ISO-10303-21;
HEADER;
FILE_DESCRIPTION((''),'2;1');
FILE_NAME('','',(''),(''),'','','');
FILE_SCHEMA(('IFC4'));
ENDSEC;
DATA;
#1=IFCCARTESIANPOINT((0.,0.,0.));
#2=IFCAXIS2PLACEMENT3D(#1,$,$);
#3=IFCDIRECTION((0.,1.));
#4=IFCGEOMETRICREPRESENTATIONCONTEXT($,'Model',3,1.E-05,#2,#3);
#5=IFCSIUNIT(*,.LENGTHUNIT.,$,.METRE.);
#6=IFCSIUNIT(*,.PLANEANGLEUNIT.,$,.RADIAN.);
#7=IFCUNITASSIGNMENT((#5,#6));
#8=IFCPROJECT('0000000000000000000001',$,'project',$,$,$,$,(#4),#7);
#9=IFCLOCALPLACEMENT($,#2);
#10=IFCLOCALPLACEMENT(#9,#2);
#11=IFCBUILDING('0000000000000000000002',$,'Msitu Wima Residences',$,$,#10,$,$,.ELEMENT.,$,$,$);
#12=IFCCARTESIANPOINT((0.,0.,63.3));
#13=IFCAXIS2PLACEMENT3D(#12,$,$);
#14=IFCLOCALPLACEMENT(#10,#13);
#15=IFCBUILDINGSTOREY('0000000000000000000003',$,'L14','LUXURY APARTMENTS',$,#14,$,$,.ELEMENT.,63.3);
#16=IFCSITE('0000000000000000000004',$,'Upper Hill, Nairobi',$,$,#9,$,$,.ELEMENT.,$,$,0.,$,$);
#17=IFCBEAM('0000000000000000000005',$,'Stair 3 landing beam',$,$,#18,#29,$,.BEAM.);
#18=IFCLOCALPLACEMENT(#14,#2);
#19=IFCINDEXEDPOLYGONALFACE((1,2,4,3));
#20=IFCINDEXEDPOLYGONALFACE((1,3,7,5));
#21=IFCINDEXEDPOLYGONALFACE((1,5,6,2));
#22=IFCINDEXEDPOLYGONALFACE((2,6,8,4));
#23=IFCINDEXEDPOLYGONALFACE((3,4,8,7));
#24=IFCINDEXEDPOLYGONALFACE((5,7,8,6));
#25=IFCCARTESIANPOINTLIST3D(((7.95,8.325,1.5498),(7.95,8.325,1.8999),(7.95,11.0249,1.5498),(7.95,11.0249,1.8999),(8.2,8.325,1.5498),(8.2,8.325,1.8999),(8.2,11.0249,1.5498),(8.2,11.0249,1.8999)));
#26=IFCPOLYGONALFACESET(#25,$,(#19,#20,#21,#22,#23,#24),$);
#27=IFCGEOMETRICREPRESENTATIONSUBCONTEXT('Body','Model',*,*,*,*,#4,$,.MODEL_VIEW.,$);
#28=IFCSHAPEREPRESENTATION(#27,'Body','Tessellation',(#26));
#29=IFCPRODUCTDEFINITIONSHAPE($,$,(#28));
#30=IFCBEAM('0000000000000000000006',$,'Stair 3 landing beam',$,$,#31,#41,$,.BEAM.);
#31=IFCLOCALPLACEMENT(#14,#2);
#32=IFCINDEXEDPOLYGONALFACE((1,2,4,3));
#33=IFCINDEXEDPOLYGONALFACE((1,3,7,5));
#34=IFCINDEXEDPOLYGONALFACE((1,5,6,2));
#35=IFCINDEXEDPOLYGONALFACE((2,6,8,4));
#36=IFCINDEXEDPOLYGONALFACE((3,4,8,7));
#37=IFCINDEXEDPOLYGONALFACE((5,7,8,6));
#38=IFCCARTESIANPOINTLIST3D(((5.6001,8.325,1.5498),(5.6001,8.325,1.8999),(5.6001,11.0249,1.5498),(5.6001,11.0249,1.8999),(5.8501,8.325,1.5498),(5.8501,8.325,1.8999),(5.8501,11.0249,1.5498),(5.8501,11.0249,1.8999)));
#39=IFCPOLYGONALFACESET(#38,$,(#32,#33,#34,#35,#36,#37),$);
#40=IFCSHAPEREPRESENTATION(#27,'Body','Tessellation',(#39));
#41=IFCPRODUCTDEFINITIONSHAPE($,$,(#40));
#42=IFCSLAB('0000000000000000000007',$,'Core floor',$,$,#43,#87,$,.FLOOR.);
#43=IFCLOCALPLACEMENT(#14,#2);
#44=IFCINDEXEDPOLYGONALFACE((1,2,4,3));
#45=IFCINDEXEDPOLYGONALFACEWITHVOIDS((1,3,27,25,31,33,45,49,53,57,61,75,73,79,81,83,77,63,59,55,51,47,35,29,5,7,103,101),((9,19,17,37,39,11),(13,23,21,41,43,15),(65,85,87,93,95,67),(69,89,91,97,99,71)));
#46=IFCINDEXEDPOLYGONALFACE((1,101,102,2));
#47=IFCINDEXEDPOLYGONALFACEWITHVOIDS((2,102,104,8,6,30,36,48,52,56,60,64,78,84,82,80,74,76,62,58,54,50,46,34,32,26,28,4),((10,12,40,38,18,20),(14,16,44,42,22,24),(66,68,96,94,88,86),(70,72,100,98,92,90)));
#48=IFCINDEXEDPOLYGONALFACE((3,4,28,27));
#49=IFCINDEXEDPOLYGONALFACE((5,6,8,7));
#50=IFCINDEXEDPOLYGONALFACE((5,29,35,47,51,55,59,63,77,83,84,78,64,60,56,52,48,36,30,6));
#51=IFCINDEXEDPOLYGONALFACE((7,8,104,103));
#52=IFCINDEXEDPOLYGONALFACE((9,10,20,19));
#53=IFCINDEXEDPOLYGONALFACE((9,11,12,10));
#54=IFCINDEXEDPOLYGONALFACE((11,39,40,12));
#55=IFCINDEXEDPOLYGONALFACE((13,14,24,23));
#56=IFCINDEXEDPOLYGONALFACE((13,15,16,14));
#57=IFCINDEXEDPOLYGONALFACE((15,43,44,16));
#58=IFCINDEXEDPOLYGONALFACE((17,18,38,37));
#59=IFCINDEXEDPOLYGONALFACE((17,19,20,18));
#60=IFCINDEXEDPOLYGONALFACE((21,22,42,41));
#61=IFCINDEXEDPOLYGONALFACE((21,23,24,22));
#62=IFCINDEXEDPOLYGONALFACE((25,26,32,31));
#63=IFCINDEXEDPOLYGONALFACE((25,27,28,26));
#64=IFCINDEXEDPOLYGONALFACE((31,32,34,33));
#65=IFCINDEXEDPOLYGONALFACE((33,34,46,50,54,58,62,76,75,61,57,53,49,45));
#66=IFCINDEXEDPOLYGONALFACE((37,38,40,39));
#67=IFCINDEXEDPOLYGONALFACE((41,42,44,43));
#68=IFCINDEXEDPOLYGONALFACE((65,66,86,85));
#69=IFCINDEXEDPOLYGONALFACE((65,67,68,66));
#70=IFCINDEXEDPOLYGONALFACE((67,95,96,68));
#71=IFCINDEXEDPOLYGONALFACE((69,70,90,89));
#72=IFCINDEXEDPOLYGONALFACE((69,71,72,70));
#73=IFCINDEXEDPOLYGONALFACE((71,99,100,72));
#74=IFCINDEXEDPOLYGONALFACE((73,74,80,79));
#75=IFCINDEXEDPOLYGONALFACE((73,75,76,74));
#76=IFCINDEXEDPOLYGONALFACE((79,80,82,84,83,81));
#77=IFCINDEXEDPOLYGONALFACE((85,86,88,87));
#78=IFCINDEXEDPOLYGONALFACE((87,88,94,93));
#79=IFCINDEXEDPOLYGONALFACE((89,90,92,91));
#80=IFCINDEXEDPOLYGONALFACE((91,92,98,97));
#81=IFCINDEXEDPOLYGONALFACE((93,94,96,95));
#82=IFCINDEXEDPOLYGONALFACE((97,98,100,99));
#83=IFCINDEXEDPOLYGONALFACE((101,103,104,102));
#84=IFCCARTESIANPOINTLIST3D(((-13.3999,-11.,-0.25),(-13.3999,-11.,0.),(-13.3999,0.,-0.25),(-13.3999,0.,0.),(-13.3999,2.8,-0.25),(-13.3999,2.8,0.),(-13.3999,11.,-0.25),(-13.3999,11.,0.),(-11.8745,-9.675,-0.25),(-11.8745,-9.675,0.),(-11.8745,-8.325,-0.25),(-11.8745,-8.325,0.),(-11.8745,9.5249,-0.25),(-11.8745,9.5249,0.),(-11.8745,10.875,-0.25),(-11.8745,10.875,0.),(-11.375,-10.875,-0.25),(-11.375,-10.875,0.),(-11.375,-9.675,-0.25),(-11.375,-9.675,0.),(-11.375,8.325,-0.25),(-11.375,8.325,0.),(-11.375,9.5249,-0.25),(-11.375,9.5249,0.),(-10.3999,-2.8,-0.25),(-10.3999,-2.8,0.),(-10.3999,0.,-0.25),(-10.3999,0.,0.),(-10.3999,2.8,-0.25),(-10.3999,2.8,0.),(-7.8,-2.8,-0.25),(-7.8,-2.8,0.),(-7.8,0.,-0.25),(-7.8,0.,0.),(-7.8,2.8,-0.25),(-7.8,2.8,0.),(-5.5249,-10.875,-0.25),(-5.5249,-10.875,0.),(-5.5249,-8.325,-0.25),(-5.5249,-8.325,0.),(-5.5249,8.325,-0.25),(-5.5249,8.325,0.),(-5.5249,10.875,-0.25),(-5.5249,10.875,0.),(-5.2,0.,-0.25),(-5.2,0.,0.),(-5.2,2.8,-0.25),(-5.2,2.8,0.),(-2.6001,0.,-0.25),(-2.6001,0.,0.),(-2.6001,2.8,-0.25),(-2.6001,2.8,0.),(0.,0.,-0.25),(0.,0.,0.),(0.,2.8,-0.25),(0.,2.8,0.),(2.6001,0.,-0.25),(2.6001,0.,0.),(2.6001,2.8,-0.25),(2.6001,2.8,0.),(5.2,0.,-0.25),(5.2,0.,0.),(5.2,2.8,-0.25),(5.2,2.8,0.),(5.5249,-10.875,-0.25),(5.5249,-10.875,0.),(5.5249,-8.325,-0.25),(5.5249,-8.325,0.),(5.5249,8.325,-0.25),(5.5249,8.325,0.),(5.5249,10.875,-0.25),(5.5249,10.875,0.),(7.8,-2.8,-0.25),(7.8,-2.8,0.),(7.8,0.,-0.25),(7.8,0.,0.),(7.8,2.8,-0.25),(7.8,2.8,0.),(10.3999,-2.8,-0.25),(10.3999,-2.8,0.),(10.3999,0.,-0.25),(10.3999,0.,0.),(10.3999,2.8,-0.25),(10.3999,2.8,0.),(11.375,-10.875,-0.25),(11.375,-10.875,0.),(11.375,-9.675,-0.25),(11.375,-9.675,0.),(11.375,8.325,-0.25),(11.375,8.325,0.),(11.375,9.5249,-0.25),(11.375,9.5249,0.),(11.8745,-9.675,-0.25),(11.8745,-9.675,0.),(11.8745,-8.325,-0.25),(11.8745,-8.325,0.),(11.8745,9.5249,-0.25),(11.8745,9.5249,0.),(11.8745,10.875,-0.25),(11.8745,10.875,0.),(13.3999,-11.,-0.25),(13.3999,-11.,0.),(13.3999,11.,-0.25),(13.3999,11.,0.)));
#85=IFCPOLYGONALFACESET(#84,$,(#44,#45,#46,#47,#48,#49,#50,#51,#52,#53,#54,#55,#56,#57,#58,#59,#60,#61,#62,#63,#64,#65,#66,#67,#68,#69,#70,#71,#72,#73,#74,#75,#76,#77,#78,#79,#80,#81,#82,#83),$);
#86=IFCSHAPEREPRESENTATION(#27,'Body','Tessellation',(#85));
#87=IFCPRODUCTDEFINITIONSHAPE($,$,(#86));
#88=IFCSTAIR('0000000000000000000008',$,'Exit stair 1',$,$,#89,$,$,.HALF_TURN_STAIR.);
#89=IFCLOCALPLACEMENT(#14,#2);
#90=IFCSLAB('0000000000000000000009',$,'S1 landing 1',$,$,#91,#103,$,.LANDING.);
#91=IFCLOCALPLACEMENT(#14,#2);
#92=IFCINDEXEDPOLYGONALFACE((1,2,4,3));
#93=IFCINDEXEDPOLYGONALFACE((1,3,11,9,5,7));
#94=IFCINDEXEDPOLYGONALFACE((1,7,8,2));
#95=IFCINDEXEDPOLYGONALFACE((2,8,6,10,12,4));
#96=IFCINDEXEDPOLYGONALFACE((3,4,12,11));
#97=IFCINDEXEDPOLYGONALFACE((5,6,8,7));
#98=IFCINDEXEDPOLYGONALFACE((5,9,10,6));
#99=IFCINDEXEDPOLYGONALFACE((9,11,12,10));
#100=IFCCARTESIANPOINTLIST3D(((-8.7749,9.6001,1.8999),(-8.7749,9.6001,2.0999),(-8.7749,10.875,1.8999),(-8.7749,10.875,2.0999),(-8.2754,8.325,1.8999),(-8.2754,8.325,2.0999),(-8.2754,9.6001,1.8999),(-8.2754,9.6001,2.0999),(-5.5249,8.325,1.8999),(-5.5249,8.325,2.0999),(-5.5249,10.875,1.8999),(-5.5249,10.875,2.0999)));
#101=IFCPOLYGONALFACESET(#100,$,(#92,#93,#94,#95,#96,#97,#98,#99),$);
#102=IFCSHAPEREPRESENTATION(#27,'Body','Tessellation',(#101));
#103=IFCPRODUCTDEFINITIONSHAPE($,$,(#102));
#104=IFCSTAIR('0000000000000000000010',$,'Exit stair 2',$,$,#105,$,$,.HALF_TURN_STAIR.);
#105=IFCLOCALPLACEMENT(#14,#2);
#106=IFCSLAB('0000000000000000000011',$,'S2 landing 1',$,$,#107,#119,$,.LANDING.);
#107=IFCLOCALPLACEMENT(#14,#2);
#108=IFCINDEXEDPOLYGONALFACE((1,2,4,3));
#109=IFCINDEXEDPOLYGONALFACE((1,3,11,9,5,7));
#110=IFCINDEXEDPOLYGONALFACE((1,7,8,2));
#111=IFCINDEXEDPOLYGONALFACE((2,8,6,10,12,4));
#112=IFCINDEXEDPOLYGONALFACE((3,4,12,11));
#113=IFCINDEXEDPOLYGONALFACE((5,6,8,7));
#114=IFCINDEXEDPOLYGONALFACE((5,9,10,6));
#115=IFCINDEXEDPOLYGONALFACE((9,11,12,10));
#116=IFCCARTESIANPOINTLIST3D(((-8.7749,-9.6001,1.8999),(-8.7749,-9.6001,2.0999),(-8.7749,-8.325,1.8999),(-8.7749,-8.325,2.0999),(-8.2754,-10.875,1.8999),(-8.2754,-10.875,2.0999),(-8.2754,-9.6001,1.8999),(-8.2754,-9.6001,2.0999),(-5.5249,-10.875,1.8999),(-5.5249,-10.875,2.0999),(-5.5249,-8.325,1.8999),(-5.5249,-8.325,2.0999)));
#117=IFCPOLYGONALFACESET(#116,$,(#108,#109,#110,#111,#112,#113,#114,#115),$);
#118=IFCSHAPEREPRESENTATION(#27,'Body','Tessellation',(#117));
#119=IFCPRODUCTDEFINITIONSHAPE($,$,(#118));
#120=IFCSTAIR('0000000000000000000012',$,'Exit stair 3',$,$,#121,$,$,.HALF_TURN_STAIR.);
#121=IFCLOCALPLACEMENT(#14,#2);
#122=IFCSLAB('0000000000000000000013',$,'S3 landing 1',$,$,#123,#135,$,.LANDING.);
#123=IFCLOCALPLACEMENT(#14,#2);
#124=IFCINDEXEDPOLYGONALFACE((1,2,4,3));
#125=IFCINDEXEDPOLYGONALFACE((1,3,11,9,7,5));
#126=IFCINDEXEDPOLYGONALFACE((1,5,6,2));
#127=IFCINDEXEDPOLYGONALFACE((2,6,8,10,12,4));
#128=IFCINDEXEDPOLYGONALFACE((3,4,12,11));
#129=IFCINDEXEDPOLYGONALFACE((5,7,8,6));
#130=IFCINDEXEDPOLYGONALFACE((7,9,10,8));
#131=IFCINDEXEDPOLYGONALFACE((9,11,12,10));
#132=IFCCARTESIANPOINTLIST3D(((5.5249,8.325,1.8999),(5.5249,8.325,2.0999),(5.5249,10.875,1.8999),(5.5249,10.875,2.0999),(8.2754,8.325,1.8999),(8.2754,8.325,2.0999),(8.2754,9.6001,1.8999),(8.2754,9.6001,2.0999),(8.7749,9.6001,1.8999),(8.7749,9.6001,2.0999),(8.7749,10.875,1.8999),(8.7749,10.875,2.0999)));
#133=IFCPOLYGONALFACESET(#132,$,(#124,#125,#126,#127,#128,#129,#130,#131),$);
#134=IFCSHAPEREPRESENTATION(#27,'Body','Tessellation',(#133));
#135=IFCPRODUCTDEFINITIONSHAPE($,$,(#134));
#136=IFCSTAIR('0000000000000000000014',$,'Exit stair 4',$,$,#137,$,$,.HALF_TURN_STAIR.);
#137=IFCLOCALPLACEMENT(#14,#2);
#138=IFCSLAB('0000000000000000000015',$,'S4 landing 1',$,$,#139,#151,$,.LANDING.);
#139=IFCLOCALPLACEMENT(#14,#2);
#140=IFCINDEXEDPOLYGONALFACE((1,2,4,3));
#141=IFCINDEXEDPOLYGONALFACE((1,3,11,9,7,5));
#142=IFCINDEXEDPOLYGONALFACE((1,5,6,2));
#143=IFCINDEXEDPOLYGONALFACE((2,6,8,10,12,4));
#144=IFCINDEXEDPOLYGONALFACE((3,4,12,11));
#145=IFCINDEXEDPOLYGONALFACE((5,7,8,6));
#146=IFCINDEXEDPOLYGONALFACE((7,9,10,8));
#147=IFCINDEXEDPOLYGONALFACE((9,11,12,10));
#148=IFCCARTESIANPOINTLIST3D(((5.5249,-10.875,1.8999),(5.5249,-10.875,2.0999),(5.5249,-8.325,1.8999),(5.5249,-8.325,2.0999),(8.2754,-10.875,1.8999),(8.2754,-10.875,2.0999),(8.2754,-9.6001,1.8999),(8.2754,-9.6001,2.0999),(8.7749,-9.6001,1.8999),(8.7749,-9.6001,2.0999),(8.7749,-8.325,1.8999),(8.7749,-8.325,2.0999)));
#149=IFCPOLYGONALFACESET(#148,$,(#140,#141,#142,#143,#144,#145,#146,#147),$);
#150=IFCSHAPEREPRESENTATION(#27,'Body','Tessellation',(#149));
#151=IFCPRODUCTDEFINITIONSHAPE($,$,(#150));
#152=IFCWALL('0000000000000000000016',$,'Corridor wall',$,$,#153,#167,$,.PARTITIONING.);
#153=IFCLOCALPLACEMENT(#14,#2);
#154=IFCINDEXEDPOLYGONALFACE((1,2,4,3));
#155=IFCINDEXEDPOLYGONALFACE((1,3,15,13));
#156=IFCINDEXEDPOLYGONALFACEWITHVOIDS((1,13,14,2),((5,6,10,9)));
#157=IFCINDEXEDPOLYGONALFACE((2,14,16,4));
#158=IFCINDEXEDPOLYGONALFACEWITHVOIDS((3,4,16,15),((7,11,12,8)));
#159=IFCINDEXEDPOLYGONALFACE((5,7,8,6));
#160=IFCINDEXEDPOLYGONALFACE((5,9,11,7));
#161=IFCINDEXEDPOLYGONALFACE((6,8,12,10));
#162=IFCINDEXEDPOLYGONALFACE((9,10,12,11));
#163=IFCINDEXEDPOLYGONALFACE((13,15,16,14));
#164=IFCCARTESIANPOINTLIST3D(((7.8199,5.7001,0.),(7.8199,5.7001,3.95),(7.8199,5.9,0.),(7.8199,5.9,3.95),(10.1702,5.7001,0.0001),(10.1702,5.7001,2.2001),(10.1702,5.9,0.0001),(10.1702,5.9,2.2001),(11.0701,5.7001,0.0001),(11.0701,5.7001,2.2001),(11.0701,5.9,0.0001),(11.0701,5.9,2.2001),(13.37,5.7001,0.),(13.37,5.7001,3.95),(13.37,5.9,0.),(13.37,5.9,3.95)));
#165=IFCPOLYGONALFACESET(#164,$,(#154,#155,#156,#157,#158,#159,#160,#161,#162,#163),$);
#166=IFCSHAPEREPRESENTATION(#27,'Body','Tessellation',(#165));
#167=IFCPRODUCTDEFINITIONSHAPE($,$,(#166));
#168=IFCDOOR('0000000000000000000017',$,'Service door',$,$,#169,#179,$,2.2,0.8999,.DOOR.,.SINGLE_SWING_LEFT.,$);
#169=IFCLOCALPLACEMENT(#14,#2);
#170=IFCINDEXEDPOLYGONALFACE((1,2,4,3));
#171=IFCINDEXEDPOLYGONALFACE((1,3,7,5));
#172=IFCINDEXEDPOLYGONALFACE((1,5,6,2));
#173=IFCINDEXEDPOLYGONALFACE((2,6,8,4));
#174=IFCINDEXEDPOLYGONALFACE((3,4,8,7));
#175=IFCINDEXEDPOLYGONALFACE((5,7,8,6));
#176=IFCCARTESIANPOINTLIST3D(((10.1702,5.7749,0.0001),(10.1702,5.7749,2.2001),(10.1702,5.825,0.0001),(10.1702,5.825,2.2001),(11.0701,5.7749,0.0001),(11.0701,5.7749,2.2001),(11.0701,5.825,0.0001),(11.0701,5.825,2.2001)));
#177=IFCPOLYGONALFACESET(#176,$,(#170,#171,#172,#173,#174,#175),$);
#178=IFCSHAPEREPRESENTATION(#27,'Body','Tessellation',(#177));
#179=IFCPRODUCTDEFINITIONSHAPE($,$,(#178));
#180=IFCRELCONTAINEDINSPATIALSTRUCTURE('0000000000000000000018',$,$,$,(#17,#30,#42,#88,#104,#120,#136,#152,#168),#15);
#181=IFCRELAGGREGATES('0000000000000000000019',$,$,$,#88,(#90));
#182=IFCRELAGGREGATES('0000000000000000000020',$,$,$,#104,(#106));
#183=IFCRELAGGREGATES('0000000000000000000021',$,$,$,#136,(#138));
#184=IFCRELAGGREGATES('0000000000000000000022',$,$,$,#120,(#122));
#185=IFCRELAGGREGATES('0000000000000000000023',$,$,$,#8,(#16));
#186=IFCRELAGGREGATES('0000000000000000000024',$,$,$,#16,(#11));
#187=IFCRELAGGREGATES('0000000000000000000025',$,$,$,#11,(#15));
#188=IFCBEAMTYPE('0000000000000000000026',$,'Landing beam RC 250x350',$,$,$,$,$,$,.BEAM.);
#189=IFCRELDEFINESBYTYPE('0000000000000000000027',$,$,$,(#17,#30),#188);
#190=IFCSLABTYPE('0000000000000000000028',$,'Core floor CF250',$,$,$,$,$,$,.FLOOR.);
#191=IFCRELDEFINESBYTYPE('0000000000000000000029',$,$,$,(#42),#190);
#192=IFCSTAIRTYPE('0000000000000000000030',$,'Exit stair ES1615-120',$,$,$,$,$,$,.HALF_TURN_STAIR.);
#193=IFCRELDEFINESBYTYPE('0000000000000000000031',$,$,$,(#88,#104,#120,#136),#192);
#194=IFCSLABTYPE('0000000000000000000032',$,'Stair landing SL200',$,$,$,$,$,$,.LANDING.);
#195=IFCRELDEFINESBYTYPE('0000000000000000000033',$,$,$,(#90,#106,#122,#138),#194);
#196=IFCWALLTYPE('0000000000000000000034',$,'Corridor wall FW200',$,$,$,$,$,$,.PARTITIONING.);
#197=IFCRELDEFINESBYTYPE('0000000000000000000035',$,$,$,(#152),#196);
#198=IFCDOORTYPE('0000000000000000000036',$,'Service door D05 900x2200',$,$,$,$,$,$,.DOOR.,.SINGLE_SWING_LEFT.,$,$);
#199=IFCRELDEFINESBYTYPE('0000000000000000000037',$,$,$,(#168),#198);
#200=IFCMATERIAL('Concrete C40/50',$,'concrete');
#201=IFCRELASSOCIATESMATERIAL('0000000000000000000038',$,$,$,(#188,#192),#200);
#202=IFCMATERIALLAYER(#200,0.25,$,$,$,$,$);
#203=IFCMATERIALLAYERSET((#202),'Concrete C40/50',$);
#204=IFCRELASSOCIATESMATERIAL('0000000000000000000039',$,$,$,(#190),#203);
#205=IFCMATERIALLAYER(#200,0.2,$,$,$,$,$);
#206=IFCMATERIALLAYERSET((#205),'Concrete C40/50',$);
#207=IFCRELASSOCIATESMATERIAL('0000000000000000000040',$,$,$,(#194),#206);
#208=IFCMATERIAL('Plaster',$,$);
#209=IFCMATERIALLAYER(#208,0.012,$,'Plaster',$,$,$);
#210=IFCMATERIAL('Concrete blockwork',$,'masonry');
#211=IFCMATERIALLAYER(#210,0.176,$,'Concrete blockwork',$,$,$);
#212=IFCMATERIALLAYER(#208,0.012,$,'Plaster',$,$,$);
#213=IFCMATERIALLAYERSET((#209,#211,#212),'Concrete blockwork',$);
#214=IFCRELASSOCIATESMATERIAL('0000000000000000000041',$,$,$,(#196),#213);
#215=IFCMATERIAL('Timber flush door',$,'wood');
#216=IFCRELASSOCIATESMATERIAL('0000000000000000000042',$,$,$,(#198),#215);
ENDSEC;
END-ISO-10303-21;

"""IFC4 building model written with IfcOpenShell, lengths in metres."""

from ifc_helpers import new_model, si_unit, direction, frame, frame_2d, origin, origin_2d, place, context, subcontext, project, spatial, polyline, rectangle, outline, extrude, material, layer, layer_set, material_profile, profile_set, type_object, element, fill, aggregate, save


model = new_model("IFC4")

# Units and contexts
model_context = context("Model", 3, precision=1e-05, world=origin(), true_north=direction((0.0, 1.0)))
body_context = subcontext(model_context, "Body", "Model", "MODEL_VIEW")
ifc_project = project(units=[si_unit("LENGTHUNIT", "METRE"), si_unit("PLANEANGLEUNIT", "RADIAN")], contexts=[model_context])

# Site, building, storey
site_placement = place(None, origin())
site = spatial("IfcSite", under=ifc_project, at=site_placement, Name="Upper Hill, Nairobi", CompositionType="ELEMENT", RefElevation=0.0)
building_placement = place(site_placement, origin())
building = spatial("IfcBuilding", under=site, at=building_placement, Name="Msitu Wima Residences", CompositionType="ELEMENT")
storey_placement = place(building_placement, frame((0.0, 0.0, 63.3)))
storey = spatial("IfcBuildingStorey", under=building, at=storey_placement, Name="L14", Description="LUXURY APARTMENTS", CompositionType="ELEMENT", Elevation=63.3)

# Beams
ifc_material_1 = material(Name="Concrete C40/50", Category="concrete")
ifc_material_profile = material_profile(ifc_material_1, rectangle(XDim=0.25, YDim=0.3501, at=origin_2d()), Name="RC 250x350")
ifc_profile_set = profile_set([ifc_material_profile], Name="Concrete C40/50")
beam_type = type_object("IfcBeamType", Name="Landing beam RC 250x350", PredefinedType="BEAM", material=ifc_profile_set)
for number, where, z_axis, x_axis, name in (
    (1, (8.075, 8.325, 1.7249), (0.0, 1.0, 0.0), (-1.0, 0.0, 0.0), "Stair 3 landing beam"),
    (2, (5.7251, 8.325, 1.7249), (0.0, 1.0, 0.0), (-1.0, 0.0, 0.0), "Stair 3 landing beam"),
):
    element("IfcBeam", number, at=place(storey_placement, frame(where, z_axis=z_axis, x_axis=x_axis)), inside=storey, type_object=beam_type, Name=name, PredefinedType="BEAM", context=body_context, shape_type="SweptSolid", body=[
        extrude(rectangle(XDim=0.25, YDim=0.3501, at=origin_2d()), origin(), (0.0, 0.0, 1.0), 2.7),
    ])

# Slab
ifc_layer_1 = layer(ifc_material_1, 0.25)
ifc_layer_set_1 = layer_set([ifc_layer_1], Name="Concrete C40/50")
slab_type_1 = type_object("IfcSlabType", Name="Core floor CF250", PredefinedType="FLOOR", material=ifc_layer_set_1)
slab_1_placement = place(storey_placement, frame((0.0, 0.0, -0.25)))
element("IfcSlab", 3, at=slab_1_placement, inside=storey, type_object=slab_type_1, Name="Core floor", PredefinedType="FLOOR", context=body_context, shape_type="SweptSolid", body=[
    extrude(outline(polyline([(-13.3999, 11.0), (-13.3999, 2.8), (-10.3999, 2.8), (-7.8, 2.8), (-5.2, 2.8), (-2.6001, 2.8), (0.0, 2.8), (2.6001, 2.8), (5.2, 2.8), (7.8, 2.8), (10.3999, 2.8), (10.3999, 0.0), (10.3999, -2.8), (7.8, -2.8), (7.8, 0.0), (5.2, 0.0), (2.6001, 0.0), (0.0, 0.0), (-2.6001, 0.0), (-5.2, 0.0), (-7.8, 0.0), (-7.8, -2.8), (-10.3999, -2.8), (-10.3999, 0.0), (-13.3999, 0.0), (-13.3999, -11.0), (13.3999, -11.0), (13.3999, 11.0), (-13.3999, 11.0)]), holes=[polyline([(-11.375, -10.875), (-11.375, -9.675), (-11.8745, -9.675), (-11.8745, -8.325), (-5.5249, -8.325), (-5.5249, -10.875), (-11.375, -10.875)]), polyline([(-11.375, 9.5249), (-11.8745, 9.5249), (-11.8745, 10.875), (-5.5249, 10.875), (-5.5249, 8.325), (-11.375, 8.325), (-11.375, 9.5249)]), polyline([(11.375, -9.675), (11.375, -10.875), (5.5249, -10.875), (5.5249, -8.325), (11.8745, -8.325), (11.8745, -9.675), (11.375, -9.675)]), polyline([(11.375, 9.5249), (11.375, 8.325), (5.5249, 8.325), (5.5249, 10.875), (11.8745, 10.875), (11.8745, 9.5249), (11.375, 9.5249)])]), origin(), (0.0, 0.0, 1.0), 0.25),
])

# Stairs, slabs
stair_type = type_object("IfcStairType", Name="Exit stair ES1615-120", PredefinedType="HALF_TURN_STAIR", material=ifc_material_1)
stair_1_placement = place(storey_placement, origin())
stair_1 = element("IfcStair", 4, at=stair_1_placement, inside=storey, type_object=stair_type, Name="Exit stair 1", PredefinedType="HALF_TURN_STAIR")
ifc_layer_2 = layer(ifc_material_1, 0.2)
ifc_layer_set_2 = layer_set([ifc_layer_2], Name="Concrete C40/50")
slab_type_2 = type_object("IfcSlabType", Name="Stair landing SL200", PredefinedType="LANDING", material=ifc_layer_set_2)
slab_2_placement = place(storey_placement, frame((0.0, 0.0, 1.8999)))
slab_2 = element("IfcSlab", 5, at=slab_2_placement, type_object=slab_type_2, Name="S1 landing 1", PredefinedType="LANDING", context=body_context, shape_type="SweptSolid", body=[
    extrude(outline(polyline([(-5.5249, 8.325), (-8.2754, 8.325), (-8.2754, 9.6001), (-8.7749, 9.6001), (-8.7749, 10.875), (-5.5249, 10.875), (-5.5249, 8.325)])), origin(), (0.0, 0.0, 1.0), 0.2),
])
aggregate(stair_1, [slab_2])
stair_2_placement = place(storey_placement, origin())
stair_2 = element("IfcStair", 6, at=stair_2_placement, inside=storey, type_object=stair_type, Name="Exit stair 2", PredefinedType="HALF_TURN_STAIR")
slab_3_placement = place(storey_placement, frame((0.0, 0.0, 1.8999)))
slab_3 = element("IfcSlab", 7, at=slab_3_placement, type_object=slab_type_2, Name="S2 landing 1", PredefinedType="LANDING", context=body_context, shape_type="SweptSolid", body=[
    extrude(outline(polyline([(-5.5249, -10.875), (-8.2754, -10.875), (-8.2754, -9.6001), (-8.7749, -9.6001), (-8.7749, -8.325), (-5.5249, -8.325), (-5.5249, -10.875)])), origin(), (0.0, 0.0, 1.0), 0.2),
])
aggregate(stair_2, [slab_3])
stair_3_placement = place(storey_placement, origin())
stair_3 = element("IfcStair", 8, at=stair_3_placement, inside=storey, type_object=stair_type, Name="Exit stair 3", PredefinedType="HALF_TURN_STAIR")
slab_4_placement = place(storey_placement, frame((0.0, 0.0, 1.8999)))
slab_4 = element("IfcSlab", 9, at=slab_4_placement, type_object=slab_type_2, Name="S3 landing 1", PredefinedType="LANDING", context=body_context, shape_type="SweptSolid", body=[
    extrude(outline(polyline([(5.5249, 8.325), (8.2754, 8.325), (8.2754, 9.6001), (8.7749, 9.6001), (8.7749, 10.875), (5.5249, 10.875), (5.5249, 8.325)])), origin(), (0.0, 0.0, 1.0), 0.2),
])
stair_4_placement = place(storey_placement, origin())
stair_4 = element("IfcStair", 10, at=stair_4_placement, inside=storey, type_object=stair_type, Name="Exit stair 4", PredefinedType="HALF_TURN_STAIR")
slab_5_placement = place(storey_placement, frame((0.0, 0.0, 1.8999)))
slab_5 = element("IfcSlab", 11, at=slab_5_placement, type_object=slab_type_2, Name="S4 landing 1", PredefinedType="LANDING", context=body_context, shape_type="SweptSolid", body=[
    extrude(outline(polyline([(5.5249, -10.875), (8.2754, -10.875), (8.2754, -9.6001), (8.7749, -9.6001), (8.7749, -8.325), (5.5249, -8.325), (5.5249, -10.875)])), origin(), (0.0, 0.0, 1.0), 0.2),
])
aggregate(stair_4, [slab_5])

# Wall, opening, door
ifc_material_2 = material(Name="Plaster")
ifc_layer_3 = layer(ifc_material_2, 0.012, Name="Plaster")
ifc_material_3 = material(Name="Concrete blockwork", Category="masonry")
ifc_layer_4 = layer(ifc_material_3, 0.176, Name="Concrete blockwork")
ifc_layer_5 = layer(ifc_material_2, 0.012, Name="Plaster")
ifc_layer_set_3 = layer_set([ifc_layer_3, ifc_layer_4, ifc_layer_5], Name="Concrete blockwork")
wall_type_1 = type_object("IfcWallType", Name="Corridor wall FW200", PredefinedType="PARTITIONING", material=ifc_layer_set_3)
wall_1_placement = place(storey_placement, frame((7.8201, 5.8, 0.0), z_axis=(0.0, 0.0, 1.0), x_axis=(1.0, 0.0, 0.0)))
wall_1 = element("IfcWall", 12, at=wall_1_placement, inside=storey, type_object=wall_type_1, Name="Corridor wall", PredefinedType="PARTITIONING", context=body_context, shape_type="SweptSolid", body=[
    extrude(rectangle(XDim=5.55, YDim=0.2, at=frame_2d((2.7749, 0.0))), origin(), (0.0, 0.0, 1.0), 3.95),
])
opening_1_placement = place(wall_1_placement, frame((2.3501, 0.0, 0.0)))
opening_1 = element("IfcOpeningElement", 13, at=opening_1_placement, cuts=wall_1, PredefinedType="OPENING", context=body_context, shape_type="SweptSolid", body=[
    extrude(rectangle(XDim=0.8999, YDim=2.2, at=frame_2d((0.45, 1.1001))), frame((0.0, 0.1099, 0.0), z_axis=(0.0, -1.0, 0.0), x_axis=(1.0, 0.0, 0.0)), (0.0, 0.0, 1.0), 0.22),
])
ifc_material_4 = material(Name="Timber flush door", Category="wood")
door_type_1 = type_object("IfcDoorType", Name="Service door D05 900x2200", OperationType="SINGLE_SWING_LEFT", PredefinedType="DOOR", material=ifc_material_4)
door_1_placement = place(opening_1_placement, origin())
door_1 = element("IfcDoor", 14, at=door_1_placement, inside=storey, type_object=door_type_1, Name="Service door", OperationType="SINGLE_SWING_LEFT", OverallHeight=2.2, OverallWidth=0.8999, PredefinedType="DOOR", context=body_context, shape_type="SweptSolid", body=[
    extrude(rectangle(XDim=0.8999, YDim=2.2, at=frame_2d((0.45, 1.1001))), frame((0.0, 0.0249, 0.0), z_axis=(0.0, -1.0, 0.0), x_axis=(1.0, 0.0, 0.0)), (0.0, 0.0, 1.0), 0.05),
])
fill(opening_1, door_1)

aggregate(stair_3, [slab_4])

save(model, "model.ifc")
